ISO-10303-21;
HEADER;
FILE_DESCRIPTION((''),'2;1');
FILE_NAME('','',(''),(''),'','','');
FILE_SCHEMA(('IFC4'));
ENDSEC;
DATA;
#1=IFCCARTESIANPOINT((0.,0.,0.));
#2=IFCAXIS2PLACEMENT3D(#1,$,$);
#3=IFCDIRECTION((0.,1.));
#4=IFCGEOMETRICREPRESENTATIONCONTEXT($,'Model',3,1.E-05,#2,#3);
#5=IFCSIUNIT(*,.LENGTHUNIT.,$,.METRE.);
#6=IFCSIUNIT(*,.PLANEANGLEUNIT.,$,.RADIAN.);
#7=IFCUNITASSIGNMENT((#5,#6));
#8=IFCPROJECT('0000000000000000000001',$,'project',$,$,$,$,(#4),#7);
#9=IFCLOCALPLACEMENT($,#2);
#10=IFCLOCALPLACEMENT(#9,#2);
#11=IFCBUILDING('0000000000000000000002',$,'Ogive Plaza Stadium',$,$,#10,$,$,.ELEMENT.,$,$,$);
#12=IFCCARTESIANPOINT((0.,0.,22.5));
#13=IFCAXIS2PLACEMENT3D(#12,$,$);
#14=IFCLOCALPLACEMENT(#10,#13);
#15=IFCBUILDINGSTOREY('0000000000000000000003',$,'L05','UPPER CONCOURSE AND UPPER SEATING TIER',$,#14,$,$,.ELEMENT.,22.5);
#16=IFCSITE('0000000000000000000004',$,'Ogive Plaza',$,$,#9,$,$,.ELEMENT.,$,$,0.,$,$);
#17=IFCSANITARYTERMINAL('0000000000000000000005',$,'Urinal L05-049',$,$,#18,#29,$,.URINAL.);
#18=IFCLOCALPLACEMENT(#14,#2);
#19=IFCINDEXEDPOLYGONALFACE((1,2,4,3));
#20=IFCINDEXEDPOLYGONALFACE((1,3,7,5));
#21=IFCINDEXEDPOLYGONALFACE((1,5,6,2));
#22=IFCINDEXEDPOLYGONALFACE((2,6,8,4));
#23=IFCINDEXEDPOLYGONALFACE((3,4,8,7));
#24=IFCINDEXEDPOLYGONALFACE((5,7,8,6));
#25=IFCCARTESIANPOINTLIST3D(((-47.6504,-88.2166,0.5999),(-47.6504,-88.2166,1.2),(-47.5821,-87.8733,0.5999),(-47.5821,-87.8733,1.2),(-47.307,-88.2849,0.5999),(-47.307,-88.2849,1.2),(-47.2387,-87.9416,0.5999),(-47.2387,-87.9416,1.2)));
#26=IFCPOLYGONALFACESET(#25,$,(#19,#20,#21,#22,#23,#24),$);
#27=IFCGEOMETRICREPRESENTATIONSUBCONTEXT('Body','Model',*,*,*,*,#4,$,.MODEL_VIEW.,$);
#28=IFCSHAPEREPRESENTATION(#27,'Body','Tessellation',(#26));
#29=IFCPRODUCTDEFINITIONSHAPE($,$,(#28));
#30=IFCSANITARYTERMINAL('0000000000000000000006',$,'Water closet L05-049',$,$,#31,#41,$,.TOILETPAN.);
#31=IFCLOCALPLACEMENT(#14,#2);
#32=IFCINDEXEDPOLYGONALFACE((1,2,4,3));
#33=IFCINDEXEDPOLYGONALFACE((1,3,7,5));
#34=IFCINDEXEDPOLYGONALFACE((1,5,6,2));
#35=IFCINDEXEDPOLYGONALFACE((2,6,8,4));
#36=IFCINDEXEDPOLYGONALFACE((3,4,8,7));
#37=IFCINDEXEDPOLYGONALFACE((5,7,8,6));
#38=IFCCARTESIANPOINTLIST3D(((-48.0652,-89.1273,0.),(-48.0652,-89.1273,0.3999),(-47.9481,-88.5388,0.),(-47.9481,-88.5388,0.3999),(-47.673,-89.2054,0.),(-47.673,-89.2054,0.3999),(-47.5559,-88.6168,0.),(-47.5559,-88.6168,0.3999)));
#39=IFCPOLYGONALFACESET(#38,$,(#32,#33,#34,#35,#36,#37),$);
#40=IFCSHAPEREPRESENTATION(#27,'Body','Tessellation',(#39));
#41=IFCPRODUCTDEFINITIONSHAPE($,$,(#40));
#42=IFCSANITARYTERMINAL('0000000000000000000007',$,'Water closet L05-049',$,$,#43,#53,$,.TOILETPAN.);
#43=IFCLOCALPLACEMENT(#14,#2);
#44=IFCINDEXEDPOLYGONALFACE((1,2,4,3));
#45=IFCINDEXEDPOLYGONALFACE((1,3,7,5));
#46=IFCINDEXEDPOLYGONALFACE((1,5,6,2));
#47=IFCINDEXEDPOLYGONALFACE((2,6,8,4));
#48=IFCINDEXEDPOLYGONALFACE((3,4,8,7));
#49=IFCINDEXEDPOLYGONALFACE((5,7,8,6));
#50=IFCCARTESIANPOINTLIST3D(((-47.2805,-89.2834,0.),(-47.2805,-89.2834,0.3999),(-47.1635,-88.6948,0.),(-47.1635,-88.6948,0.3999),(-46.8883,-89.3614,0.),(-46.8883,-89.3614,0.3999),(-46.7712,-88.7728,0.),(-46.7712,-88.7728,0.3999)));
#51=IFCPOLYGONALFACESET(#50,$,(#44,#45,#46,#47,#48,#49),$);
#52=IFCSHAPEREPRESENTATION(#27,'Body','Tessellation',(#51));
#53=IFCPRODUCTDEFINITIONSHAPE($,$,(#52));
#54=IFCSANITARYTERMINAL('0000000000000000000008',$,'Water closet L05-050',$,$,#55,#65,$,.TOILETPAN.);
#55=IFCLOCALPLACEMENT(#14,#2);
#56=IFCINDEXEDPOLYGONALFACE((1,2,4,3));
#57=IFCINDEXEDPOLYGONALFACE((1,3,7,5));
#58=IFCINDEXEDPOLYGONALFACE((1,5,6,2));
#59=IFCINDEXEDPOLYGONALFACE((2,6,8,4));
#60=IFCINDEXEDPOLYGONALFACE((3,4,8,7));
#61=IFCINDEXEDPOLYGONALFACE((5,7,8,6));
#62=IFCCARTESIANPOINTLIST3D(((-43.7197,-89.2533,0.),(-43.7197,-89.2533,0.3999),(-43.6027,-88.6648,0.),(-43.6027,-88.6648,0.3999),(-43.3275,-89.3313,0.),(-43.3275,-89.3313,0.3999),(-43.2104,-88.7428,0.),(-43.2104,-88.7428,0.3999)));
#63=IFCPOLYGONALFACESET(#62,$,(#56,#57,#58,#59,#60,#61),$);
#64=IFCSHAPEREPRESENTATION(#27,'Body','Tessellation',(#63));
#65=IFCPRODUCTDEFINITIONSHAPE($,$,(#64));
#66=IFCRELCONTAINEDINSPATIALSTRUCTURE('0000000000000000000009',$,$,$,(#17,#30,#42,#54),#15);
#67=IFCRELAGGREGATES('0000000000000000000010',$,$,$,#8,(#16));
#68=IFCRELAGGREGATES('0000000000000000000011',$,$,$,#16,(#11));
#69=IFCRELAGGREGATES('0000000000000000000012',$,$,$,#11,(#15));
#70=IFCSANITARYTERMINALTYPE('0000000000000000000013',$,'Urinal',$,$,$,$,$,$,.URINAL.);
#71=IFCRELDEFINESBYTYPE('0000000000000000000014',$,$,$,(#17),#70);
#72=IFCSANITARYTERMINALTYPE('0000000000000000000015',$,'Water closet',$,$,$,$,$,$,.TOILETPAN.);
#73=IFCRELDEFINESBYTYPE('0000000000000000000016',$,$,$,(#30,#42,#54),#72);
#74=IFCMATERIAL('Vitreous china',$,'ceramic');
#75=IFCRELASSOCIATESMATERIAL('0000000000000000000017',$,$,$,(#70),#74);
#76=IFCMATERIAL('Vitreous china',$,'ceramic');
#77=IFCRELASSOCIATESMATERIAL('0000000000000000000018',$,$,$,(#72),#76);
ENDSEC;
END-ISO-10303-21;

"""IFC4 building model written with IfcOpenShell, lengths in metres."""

from ifc_helpers import new_model, si_unit, direction, frame, origin, origin_2d, place, context, subcontext, project, spatial, rectangle, extrude, material, type_object, element, save


model = new_model("IFC4")

# Units and contexts
model_context = context("Model", 3, precision=1e-05, world=origin(), true_north=direction((0.0, 1.0)))
body_context = subcontext(model_context, "Body", "Model", "MODEL_VIEW")
ifc_project = project(units=[si_unit("LENGTHUNIT", "METRE"), si_unit("PLANEANGLEUNIT", "RADIAN")], contexts=[model_context])

# Site, building, storey
site_placement = place(None, origin())
site = spatial("IfcSite", under=ifc_project, at=site_placement, Name="Ogive Plaza", CompositionType="ELEMENT", RefElevation=0.0)
building_placement = place(site_placement, origin())
building = spatial("IfcBuilding", under=site, at=building_placement, Name="Ogive Plaza Stadium", CompositionType="ELEMENT")
storey_placement = place(building_placement, frame((0.0, 0.0, 22.5)))
storey = spatial("IfcBuildingStorey", under=building, at=storey_placement, Name="L05", Description="UPPER CONCOURSE AND UPPER SEATING TIER", CompositionType="ELEMENT", Elevation=22.5)

# Sanitary terminals
ifc_material_1 = material(Name="Vitreous china", Category="ceramic")
sanitary_terminal_type_1 = type_object("IfcSanitaryTerminalType", Name="Urinal", PredefinedType="URINAL", material=ifc_material_1)
for number, where, z_axis, x_axis, name in (
    (1, (-47.4446, -88.0791, 0.5999), (0.0, 0.0, 1.0), (0.980785, -0.19509, 0.0), "Urinal L05-049"),
):
    element("IfcSanitaryTerminal", number, at=place(storey_placement, frame(where, z_axis=z_axis, x_axis=x_axis)), inside=storey, type_object=sanitary_terminal_type_1, Name=name, PredefinedType="URINAL", context=body_context, shape_type="SweptSolid", body=[
        extrude(rectangle(XDim=0.3501, YDim=0.3501, at=origin_2d()), origin(), (0.0, 0.0, 1.0), 0.6001),
    ])
ifc_material_2 = material(Name="Vitreous china", Category="ceramic")
sanitary_terminal_type_2 = type_object("IfcSanitaryTerminalType", Name="Water closet", PredefinedType="TOILETPAN", material=ifc_material_2)
for number, where, z_axis, x_axis, name in (
    (2, (-47.8105, -88.8721, 0.0), (0.0, 0.0, 1.0), (0.980785, -0.19509, 0.0), "Water closet L05-049"),
    (3, (-47.0259, -89.0281, 0.0), (0.0, 0.0, 1.0), (0.980785, -0.19509, 0.0), "Water closet L05-049"),
    (4, (-43.4651, -88.998, 0.0), (0.0, 0.0, 1.0), (0.980785, -0.19509, 0.0), "Water closet L05-050"),
):
    element("IfcSanitaryTerminal", number, at=place(storey_placement, frame(where, z_axis=z_axis, x_axis=x_axis)), inside=storey, type_object=sanitary_terminal_type_2, Name=name, PredefinedType="TOILETPAN", context=body_context, shape_type="SweptSolid", body=[
        extrude(rectangle(XDim=0.3999, YDim=0.6001, at=origin_2d()), origin(), (0.0, 0.0, 1.0), 0.3999),
    ])

save(model, "model.ifc")
